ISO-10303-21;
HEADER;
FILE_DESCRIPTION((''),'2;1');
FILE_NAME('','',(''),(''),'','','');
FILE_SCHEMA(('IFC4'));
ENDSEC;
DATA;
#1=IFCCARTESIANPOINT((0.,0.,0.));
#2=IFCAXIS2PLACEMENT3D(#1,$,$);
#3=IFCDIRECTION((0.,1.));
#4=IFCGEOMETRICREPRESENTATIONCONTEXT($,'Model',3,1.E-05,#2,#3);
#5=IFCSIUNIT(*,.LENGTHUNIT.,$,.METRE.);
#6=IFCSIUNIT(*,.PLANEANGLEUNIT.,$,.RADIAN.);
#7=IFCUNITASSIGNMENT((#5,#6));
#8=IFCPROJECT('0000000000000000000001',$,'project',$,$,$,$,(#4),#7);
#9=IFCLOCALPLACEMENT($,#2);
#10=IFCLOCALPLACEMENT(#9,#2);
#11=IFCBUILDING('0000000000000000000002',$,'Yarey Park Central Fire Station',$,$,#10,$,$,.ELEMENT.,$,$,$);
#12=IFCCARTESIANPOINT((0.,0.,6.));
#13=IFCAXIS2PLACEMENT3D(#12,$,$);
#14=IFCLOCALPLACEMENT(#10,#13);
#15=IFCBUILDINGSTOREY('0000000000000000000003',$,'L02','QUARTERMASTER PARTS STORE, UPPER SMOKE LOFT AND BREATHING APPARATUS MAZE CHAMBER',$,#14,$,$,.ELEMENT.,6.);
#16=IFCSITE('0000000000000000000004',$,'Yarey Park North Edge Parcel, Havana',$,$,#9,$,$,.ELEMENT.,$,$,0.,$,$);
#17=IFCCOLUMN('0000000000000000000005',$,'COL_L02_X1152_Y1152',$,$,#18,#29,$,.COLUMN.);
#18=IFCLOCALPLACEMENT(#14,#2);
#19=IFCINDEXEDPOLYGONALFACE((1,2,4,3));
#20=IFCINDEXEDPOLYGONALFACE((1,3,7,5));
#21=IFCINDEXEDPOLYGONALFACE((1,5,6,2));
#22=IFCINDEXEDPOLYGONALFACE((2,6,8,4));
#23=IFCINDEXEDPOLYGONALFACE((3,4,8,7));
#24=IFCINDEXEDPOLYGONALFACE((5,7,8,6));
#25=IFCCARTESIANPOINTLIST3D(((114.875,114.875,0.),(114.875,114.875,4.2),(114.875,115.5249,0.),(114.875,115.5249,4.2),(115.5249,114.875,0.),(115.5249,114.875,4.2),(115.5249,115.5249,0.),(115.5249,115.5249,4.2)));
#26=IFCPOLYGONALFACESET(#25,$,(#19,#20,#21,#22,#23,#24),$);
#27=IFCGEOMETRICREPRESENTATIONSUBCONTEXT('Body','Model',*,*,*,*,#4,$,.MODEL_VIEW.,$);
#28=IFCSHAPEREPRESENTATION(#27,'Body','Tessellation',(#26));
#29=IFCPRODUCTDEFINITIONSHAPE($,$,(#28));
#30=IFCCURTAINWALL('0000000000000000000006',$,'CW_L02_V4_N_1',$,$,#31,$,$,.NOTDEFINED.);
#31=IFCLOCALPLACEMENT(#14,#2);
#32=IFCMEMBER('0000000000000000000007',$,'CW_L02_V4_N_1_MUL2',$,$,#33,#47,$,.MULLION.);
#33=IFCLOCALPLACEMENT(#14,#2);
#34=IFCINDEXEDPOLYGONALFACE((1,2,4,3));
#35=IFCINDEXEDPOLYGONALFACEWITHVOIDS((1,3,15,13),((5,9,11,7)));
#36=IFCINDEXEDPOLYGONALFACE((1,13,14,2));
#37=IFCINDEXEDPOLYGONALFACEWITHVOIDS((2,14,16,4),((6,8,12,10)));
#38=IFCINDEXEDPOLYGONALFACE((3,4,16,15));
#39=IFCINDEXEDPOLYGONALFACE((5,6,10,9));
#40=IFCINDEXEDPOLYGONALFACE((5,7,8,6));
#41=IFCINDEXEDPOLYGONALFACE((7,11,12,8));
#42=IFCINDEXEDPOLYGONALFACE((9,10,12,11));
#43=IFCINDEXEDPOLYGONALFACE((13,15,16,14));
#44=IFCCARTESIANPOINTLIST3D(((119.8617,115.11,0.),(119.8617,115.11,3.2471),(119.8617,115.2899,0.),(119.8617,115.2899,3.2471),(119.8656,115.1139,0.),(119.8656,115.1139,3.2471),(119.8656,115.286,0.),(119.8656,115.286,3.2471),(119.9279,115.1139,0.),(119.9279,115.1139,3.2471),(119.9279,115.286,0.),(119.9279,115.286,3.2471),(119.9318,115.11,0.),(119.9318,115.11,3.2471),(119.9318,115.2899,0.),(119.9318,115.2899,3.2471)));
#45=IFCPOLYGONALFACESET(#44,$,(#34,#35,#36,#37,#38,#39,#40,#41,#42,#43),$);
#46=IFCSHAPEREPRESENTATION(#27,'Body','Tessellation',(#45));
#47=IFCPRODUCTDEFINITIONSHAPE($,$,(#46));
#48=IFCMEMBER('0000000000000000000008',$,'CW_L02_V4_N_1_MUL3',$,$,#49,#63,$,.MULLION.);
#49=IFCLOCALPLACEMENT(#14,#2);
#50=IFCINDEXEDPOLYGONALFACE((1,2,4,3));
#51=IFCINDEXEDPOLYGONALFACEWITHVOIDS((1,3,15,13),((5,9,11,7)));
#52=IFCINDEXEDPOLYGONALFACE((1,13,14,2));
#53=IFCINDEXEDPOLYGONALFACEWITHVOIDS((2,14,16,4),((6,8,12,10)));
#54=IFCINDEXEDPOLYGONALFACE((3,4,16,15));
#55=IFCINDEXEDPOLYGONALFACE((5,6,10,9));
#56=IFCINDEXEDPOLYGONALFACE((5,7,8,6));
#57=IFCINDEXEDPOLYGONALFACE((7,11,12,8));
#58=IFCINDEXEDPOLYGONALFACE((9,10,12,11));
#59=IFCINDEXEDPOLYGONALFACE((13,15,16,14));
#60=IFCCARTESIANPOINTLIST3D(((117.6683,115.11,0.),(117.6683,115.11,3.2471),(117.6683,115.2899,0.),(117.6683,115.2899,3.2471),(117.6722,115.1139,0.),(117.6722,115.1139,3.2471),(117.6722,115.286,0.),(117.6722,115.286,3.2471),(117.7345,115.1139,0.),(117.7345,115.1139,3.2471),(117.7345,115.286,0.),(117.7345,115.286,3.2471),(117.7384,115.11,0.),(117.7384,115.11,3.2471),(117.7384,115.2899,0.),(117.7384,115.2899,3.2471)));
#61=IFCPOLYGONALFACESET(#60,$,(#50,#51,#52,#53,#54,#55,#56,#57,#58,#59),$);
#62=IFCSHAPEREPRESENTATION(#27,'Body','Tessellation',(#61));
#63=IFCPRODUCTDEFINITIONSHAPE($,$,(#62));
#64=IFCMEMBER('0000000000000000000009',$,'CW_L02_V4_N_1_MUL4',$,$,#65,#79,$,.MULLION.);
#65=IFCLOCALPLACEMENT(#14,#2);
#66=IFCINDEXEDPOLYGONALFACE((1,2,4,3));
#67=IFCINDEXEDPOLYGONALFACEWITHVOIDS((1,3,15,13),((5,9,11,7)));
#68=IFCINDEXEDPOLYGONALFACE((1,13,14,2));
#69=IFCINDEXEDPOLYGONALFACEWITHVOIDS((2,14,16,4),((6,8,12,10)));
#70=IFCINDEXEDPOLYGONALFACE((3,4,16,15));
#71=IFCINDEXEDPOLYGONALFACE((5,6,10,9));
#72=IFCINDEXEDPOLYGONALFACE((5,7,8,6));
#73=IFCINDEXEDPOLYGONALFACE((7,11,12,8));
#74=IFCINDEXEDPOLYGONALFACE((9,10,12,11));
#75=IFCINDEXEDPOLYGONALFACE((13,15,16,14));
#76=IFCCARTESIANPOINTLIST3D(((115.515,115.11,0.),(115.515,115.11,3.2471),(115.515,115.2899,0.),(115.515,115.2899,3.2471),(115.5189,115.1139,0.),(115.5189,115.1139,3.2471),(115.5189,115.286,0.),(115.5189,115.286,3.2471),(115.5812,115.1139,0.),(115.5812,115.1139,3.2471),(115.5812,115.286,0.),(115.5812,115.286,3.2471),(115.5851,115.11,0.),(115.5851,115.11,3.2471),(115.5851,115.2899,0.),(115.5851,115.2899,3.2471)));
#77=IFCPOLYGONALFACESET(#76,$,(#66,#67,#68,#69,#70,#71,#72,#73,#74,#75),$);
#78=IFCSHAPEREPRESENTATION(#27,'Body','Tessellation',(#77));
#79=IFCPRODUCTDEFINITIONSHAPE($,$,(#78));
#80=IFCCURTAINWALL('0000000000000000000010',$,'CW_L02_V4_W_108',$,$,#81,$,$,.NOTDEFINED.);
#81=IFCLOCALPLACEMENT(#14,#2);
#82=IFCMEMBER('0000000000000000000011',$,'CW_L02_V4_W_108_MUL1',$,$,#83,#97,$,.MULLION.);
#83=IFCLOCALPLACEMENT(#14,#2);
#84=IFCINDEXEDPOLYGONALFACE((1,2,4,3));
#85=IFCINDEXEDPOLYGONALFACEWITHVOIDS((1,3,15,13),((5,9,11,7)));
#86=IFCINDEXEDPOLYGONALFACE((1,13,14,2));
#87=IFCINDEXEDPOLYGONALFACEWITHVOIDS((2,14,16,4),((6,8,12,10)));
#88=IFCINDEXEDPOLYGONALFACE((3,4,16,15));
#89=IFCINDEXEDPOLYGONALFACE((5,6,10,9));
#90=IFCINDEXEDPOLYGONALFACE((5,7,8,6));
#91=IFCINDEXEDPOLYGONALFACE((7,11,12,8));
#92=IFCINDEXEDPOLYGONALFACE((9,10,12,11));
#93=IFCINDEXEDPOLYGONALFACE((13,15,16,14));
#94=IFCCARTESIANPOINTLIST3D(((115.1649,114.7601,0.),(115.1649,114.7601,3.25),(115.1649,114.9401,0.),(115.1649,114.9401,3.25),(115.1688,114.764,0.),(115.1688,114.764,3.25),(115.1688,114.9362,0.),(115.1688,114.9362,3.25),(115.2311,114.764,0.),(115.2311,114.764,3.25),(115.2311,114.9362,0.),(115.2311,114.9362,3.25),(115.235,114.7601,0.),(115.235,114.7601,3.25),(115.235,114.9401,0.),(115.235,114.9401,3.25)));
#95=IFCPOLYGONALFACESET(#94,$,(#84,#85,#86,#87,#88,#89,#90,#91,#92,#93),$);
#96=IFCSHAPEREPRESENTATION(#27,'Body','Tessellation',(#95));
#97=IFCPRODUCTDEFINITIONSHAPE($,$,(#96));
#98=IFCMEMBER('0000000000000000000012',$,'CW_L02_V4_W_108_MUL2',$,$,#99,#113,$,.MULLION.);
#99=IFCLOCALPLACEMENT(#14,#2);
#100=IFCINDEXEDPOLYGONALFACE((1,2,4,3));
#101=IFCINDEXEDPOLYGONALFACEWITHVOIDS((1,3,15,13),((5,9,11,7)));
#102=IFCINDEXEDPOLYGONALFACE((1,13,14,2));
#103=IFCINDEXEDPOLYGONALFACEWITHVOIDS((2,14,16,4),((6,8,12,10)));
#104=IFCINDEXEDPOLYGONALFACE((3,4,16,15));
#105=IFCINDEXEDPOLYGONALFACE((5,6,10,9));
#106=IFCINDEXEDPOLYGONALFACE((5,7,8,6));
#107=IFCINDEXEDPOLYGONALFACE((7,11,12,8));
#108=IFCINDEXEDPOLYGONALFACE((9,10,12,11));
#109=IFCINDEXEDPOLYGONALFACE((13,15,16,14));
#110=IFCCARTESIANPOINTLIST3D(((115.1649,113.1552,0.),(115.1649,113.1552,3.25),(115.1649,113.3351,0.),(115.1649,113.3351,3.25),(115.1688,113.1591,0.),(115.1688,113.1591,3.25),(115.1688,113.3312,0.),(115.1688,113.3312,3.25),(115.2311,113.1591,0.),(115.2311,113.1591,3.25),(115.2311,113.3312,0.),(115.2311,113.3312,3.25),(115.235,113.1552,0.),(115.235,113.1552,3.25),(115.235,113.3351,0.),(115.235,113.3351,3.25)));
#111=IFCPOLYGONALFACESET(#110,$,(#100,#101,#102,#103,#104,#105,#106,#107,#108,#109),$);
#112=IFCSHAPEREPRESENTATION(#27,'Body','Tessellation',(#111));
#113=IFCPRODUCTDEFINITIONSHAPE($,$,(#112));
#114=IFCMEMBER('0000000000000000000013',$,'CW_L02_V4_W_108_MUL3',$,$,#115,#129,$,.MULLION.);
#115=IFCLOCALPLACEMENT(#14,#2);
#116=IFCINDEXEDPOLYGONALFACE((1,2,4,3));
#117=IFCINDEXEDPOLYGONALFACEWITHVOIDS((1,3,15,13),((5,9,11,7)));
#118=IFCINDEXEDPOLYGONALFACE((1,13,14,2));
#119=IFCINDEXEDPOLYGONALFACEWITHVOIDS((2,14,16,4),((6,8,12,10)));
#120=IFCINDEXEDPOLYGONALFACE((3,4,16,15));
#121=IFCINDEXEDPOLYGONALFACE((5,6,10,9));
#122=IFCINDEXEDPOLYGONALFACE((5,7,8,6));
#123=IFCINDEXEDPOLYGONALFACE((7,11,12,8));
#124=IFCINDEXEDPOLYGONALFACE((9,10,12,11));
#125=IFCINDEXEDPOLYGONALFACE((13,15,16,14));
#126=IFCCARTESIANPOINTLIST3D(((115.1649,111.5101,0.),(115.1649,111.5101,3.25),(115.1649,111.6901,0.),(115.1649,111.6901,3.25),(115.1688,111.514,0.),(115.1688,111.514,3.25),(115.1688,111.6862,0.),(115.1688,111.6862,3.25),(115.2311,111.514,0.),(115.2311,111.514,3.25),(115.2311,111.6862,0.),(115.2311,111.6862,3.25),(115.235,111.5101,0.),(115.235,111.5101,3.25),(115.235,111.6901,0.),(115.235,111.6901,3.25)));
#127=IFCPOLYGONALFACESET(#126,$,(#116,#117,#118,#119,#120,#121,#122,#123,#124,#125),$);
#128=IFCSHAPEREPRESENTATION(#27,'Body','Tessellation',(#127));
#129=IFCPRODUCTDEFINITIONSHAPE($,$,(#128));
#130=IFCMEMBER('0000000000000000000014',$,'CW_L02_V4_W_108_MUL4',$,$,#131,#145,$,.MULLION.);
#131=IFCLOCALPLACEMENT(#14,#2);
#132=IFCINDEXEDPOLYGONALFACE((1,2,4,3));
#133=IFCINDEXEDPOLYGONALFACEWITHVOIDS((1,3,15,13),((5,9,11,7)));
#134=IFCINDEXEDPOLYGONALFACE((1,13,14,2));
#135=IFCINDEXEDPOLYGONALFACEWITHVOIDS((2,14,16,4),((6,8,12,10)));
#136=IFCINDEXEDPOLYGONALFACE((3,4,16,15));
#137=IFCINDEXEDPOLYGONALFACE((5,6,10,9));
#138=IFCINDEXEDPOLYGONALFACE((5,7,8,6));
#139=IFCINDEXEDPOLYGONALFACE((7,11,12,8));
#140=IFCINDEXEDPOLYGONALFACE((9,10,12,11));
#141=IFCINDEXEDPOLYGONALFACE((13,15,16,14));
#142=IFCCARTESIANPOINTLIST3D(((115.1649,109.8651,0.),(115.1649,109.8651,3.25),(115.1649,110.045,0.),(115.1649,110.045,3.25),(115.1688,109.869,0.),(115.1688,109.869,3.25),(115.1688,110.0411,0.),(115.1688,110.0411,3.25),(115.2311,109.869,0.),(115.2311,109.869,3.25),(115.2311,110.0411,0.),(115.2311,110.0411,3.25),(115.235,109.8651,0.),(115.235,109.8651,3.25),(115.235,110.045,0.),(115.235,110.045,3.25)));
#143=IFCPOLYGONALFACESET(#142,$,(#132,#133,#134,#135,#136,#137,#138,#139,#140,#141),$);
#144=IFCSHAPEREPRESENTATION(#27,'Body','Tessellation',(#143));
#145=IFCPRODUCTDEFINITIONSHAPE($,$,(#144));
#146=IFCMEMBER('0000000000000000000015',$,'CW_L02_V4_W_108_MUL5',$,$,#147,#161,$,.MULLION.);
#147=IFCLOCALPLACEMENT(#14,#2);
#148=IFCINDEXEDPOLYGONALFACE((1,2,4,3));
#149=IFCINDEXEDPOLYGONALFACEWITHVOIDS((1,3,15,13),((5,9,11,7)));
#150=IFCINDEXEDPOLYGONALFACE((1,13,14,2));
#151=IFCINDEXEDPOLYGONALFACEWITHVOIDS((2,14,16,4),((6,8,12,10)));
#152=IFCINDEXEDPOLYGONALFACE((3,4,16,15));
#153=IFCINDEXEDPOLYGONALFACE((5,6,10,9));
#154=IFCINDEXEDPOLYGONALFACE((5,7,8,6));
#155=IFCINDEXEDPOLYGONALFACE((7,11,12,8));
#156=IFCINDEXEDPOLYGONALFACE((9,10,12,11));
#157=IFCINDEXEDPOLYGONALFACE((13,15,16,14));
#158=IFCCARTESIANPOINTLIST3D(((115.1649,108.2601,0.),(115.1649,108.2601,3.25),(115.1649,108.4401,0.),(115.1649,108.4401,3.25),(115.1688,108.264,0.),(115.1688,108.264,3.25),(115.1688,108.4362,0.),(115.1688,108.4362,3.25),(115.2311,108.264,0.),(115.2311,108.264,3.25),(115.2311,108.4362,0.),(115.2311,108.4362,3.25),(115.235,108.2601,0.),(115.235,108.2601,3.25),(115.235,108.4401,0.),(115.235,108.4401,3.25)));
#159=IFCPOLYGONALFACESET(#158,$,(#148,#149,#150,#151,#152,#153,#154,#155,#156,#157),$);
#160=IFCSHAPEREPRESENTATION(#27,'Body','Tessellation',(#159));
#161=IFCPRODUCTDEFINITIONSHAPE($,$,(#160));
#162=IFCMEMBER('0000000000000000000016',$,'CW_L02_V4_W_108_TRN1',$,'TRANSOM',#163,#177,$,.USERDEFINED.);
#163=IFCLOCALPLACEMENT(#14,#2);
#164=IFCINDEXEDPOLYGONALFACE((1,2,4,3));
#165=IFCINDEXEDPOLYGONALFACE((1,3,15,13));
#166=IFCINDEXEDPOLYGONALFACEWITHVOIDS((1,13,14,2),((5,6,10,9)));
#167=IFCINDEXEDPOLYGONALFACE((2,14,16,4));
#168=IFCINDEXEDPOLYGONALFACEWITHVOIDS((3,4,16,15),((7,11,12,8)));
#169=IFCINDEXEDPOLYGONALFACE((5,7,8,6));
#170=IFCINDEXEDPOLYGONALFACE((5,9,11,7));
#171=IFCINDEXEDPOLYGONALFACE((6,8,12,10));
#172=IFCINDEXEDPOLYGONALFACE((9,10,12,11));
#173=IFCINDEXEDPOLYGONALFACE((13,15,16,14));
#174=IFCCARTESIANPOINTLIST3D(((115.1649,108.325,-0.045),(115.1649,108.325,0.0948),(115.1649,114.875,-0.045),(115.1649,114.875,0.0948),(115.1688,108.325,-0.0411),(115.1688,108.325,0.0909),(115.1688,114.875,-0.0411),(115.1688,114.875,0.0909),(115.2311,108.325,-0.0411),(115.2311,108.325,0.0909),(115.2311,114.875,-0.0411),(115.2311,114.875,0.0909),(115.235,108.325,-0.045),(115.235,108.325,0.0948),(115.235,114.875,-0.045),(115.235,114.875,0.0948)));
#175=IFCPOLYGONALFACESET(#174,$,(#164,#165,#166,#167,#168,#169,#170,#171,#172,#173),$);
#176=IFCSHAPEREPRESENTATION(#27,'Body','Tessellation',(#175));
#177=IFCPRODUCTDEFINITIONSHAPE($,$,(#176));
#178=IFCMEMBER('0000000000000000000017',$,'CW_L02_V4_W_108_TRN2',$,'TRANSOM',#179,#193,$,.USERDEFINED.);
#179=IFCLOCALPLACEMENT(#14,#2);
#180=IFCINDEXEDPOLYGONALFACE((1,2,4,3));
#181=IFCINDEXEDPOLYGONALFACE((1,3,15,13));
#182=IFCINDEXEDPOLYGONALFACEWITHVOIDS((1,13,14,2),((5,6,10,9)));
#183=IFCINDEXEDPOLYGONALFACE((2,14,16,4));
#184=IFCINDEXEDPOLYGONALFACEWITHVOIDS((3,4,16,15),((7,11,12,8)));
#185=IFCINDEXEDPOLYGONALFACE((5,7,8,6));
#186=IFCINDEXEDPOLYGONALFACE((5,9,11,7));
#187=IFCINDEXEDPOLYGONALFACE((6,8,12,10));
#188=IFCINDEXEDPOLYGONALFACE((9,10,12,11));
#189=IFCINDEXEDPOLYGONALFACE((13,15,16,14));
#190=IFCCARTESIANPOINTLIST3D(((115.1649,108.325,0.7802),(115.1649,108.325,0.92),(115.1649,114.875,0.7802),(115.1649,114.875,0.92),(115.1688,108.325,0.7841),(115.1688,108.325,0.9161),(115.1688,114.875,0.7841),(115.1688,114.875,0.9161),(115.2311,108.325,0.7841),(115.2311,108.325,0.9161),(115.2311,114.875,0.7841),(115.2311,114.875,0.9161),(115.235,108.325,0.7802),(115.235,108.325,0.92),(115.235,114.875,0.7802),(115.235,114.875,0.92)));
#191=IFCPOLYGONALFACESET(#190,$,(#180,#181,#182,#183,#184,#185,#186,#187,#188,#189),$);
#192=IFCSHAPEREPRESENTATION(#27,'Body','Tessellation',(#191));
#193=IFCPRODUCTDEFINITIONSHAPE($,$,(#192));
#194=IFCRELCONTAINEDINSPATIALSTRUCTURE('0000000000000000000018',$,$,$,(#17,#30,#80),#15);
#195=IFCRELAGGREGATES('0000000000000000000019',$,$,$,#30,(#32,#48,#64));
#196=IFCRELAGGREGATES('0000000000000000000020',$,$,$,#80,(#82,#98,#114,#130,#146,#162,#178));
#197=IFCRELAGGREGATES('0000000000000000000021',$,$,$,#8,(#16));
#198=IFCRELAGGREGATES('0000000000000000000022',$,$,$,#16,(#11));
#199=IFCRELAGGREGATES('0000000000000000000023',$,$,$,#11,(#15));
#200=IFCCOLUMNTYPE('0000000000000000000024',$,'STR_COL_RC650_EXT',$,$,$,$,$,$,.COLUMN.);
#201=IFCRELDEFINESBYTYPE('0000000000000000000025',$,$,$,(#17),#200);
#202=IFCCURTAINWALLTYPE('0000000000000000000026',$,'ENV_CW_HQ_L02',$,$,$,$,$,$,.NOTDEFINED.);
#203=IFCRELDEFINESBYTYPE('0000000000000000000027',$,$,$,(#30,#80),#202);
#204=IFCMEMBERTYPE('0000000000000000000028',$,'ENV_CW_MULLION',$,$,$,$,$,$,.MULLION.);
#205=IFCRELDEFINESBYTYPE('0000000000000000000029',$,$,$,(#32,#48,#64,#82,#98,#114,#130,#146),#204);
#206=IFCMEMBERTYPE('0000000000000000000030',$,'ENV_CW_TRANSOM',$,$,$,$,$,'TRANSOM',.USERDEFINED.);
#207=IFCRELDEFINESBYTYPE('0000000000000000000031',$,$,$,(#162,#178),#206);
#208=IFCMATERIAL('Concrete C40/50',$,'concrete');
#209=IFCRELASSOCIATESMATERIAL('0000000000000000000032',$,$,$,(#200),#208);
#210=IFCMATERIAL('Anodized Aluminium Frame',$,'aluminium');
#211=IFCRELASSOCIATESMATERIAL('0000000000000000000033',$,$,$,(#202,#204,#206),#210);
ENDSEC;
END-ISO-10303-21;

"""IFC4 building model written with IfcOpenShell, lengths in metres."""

from ifc_helpers import new_model, si_unit, direction, frame, origin, origin_2d, place, context, subcontext, project, spatial, rectangle, hollow_rectangle, extrude, material, material_profile, profile_set, type_object, element, aggregate, save


model = new_model("IFC4")

# Units and contexts
model_context = context("Model", 3, precision=1e-05, world=origin(), true_north=direction((0.0, 1.0)))
body_context = subcontext(model_context, "Body", "Model", "MODEL_VIEW")
ifc_project = project(units=[si_unit("LENGTHUNIT", "METRE"), si_unit("PLANEANGLEUNIT", "RADIAN")], contexts=[model_context])

# Site, building, storey
site_placement = place(None, origin())
site = spatial("IfcSite", under=ifc_project, at=site_placement, Name="Yarey Park North Edge Parcel, Havana", CompositionType="ELEMENT", RefElevation=0.0)
building_placement = place(site_placement, origin())
building = spatial("IfcBuilding", under=site, at=building_placement, Name="Yarey Park Central Fire Station", CompositionType="ELEMENT")
storey_placement = place(building_placement, frame((0.0, 0.0, 6.0)))
storey = spatial("IfcBuildingStorey", under=building, at=storey_placement, Name="L02", Description="QUARTERMASTER PARTS STORE, UPPER SMOKE LOFT AND BREATHING APPARATUS MAZE CHAMBER", CompositionType="ELEMENT", Elevation=6.0)

# Column
ifc_material_1 = material(Name="Concrete C40/50", Category="concrete")
ifc_material_profile_1 = material_profile(ifc_material_1, rectangle(XDim=0.6499, YDim=0.6499, at=origin_2d()), Name="RC 650x650")
ifc_profile_set_1 = profile_set([ifc_material_profile_1], Name="Concrete C40/50")
column_type = type_object("IfcColumnType", Name="STR_COL_RC650_EXT", PredefinedType="COLUMN", material=ifc_profile_set_1)
column_placement = place(storey_placement, frame((115.2, 115.2, 0.0), z_axis=(0.0, 0.0, 1.0), x_axis=(1.0, 0.0, 0.0)))
element("IfcColumn", 1, at=column_placement, inside=storey, type_object=column_type, Name="COL_L02_X1152_Y1152", PredefinedType="COLUMN", context=body_context, shape_type="SweptSolid", body=[
    extrude(rectangle(XDim=0.6499, YDim=0.6499, at=origin_2d()), origin(), (0.0, 0.0, 1.0), 4.2),
])

# Curtain walls, members
ifc_material_2 = material(Name="Anodized Aluminium Frame", Category="aluminium")
curtain_wall_type = type_object("IfcCurtainWallType", Name="ENV_CW_HQ_L02", PredefinedType="NOTDEFINED", material=ifc_material_2)
curtain_wall_1_placement = place(storey_placement, origin())
curtain_wall_1 = element("IfcCurtainWall", 2, at=curtain_wall_1_placement, inside=storey, type_object=curtain_wall_type, Name="CW_L02_V4_N_1", PredefinedType="NOTDEFINED")
ifc_material_profile_2 = material_profile(ifc_material_2, hollow_rectangle(XDim=0.0701, YDim=0.1799, WallThickness=0.0039, at=origin_2d()), Name="ALU 180x70x4")
ifc_profile_set_2 = profile_set([ifc_material_profile_2], Name="Anodized Aluminium Frame")
member_type_1 = type_object("IfcMemberType", Name="ENV_CW_MULLION", PredefinedType="MULLION", material=ifc_profile_set_2)
member_1_placement = place(storey_placement, frame((119.8967, 115.2, 0.0), z_axis=(0.0, 0.0, 1.0), x_axis=(1.0, 0.0, 0.0)))
member_1 = element("IfcMember", 3, at=member_1_placement, type_object=member_type_1, Name="CW_L02_V4_N_1_MUL2", PredefinedType="MULLION", context=body_context, shape_type="SweptSolid", body=[
    extrude(hollow_rectangle(XDim=0.0701, YDim=0.1799, WallThickness=0.0039, at=origin_2d()), origin(), (0.0, 0.0, 1.0), 3.2471),
])
member_2_placement = place(storey_placement, frame((117.7034, 115.2, 0.0), z_axis=(0.0, 0.0, 1.0), x_axis=(1.0, 0.0, 0.0)))
member_2 = element("IfcMember", 4, at=member_2_placement, type_object=member_type_1, Name="CW_L02_V4_N_1_MUL3", PredefinedType="MULLION", context=body_context, shape_type="SweptSolid", body=[
    extrude(hollow_rectangle(XDim=0.0701, YDim=0.1799, WallThickness=0.0039, at=origin_2d()), origin(), (0.0, 0.0, 1.0), 3.2471),
])
member_3_placement = place(storey_placement, frame((115.55, 115.2, 0.0), z_axis=(0.0, 0.0, 1.0), x_axis=(1.0, 0.0, 0.0)))
member_3 = element("IfcMember", 5, at=member_3_placement, type_object=member_type_1, Name="CW_L02_V4_N_1_MUL4", PredefinedType="MULLION", context=body_context, shape_type="SweptSolid", body=[
    extrude(hollow_rectangle(XDim=0.0701, YDim=0.1799, WallThickness=0.0039, at=origin_2d()), origin(), (0.0, 0.0, 1.0), 3.2471),
])
curtain_wall_2_placement = place(storey_placement, origin())
curtain_wall_2 = element("IfcCurtainWall", 6, at=curtain_wall_2_placement, inside=storey, type_object=curtain_wall_type, Name="CW_L02_V4_W_108", PredefinedType="NOTDEFINED")
member_4_placement = place(storey_placement, frame((115.2, 114.8501, 0.0), z_axis=(0.0, 0.0, 1.0), x_axis=(1.0, 0.0, 0.0)))
member_4 = element("IfcMember", 7, at=member_4_placement, type_object=member_type_1, Name="CW_L02_V4_W_108_MUL1", PredefinedType="MULLION", context=body_context, shape_type="SweptSolid", body=[
    extrude(hollow_rectangle(XDim=0.0701, YDim=0.1799, WallThickness=0.0039, at=origin_2d()), origin(), (0.0, 0.0, 1.0), 3.25),
])
member_5_placement = place(storey_placement, frame((115.2, 113.2451, 0.0), z_axis=(0.0, 0.0, 1.0), x_axis=(1.0, 0.0, 0.0)))
member_5 = element("IfcMember", 8, at=member_5_placement, type_object=member_type_1, Name="CW_L02_V4_W_108_MUL2", PredefinedType="MULLION", context=body_context, shape_type="SweptSolid", body=[
    extrude(hollow_rectangle(XDim=0.0701, YDim=0.1799, WallThickness=0.0039, at=origin_2d()), origin(), (0.0, 0.0, 1.0), 3.25),
])
member_6_placement = place(storey_placement, frame((115.2, 111.6001, 0.0), z_axis=(0.0, 0.0, 1.0), x_axis=(1.0, 0.0, 0.0)))
member_6 = element("IfcMember", 9, at=member_6_placement, type_object=member_type_1, Name="CW_L02_V4_W_108_MUL3", PredefinedType="MULLION", context=body_context, shape_type="SweptSolid", body=[
    extrude(hollow_rectangle(XDim=0.0701, YDim=0.1799, WallThickness=0.0039, at=origin_2d()), origin(), (0.0, 0.0, 1.0), 3.25),
])
member_7_placement = place(storey_placement, frame((115.2, 109.9551, 0.0), z_axis=(0.0, 0.0, 1.0), x_axis=(1.0, 0.0, 0.0)))
member_7 = element("IfcMember", 10, at=member_7_placement, type_object=member_type_1, Name="CW_L02_V4_W_108_MUL4", PredefinedType="MULLION", context=body_context, shape_type="SweptSolid", body=[
    extrude(hollow_rectangle(XDim=0.0701, YDim=0.1799, WallThickness=0.0039, at=origin_2d()), origin(), (0.0, 0.0, 1.0), 3.25),
])
member_8_placement = place(storey_placement, frame((115.2, 108.3501, 0.0), z_axis=(0.0, 0.0, 1.0), x_axis=(1.0, 0.0, 0.0)))
member_8 = element("IfcMember", 11, at=member_8_placement, type_object=member_type_1, Name="CW_L02_V4_W_108_MUL5", PredefinedType="MULLION", context=body_context, shape_type="SweptSolid", body=[
    extrude(hollow_rectangle(XDim=0.0701, YDim=0.1799, WallThickness=0.0039, at=origin_2d()), origin(), (0.0, 0.0, 1.0), 3.25),
])
ifc_material_profile_3 = material_profile(ifc_material_2, hollow_rectangle(XDim=0.0701, YDim=0.1399, WallThickness=0.0039, at=origin_2d()), Name="ALU 140x70x4")
ifc_profile_set_3 = profile_set([ifc_material_profile_3], Name="Anodized Aluminium Frame")
member_type_2 = type_object("IfcMemberType", Name="ENV_CW_TRANSOM", ElementType="TRANSOM", PredefinedType="USERDEFINED", material=ifc_profile_set_3)
member_9_placement = place(storey_placement, frame((115.2, 114.875, 0.0249), z_axis=(0.0, -1.0, 0.0), x_axis=(1.0, 0.0, 0.0)))
member_9 = element("IfcMember", 12, at=member_9_placement, type_object=member_type_2, Name="CW_L02_V4_W_108_TRN1", ObjectType="TRANSOM", PredefinedType="USERDEFINED", context=body_context, shape_type="SweptSolid", body=[
    extrude(hollow_rectangle(XDim=0.0701, YDim=0.1399, WallThickness=0.0039, at=origin_2d()), origin(), (0.0, 0.0, 1.0), 6.55),
])
member_10_placement = place(storey_placement, frame((115.2, 114.875, 0.8501), z_axis=(0.0, -1.0, 0.0), x_axis=(1.0, 0.0, 0.0)))
member_10 = element("IfcMember", 13, at=member_10_placement, type_object=member_type_2, Name="CW_L02_V4_W_108_TRN2", ObjectType="TRANSOM", PredefinedType="USERDEFINED", context=body_context, shape_type="SweptSolid", body=[
    extrude(hollow_rectangle(XDim=0.0701, YDim=0.1399, WallThickness=0.0039, at=origin_2d()), origin(), (0.0, 0.0, 1.0), 6.55),
])

aggregate(curtain_wall_1, [member_1, member_2, member_3])
aggregate(curtain_wall_2, [member_4, member_5, member_6, member_7, member_8, member_9, member_10])

save(model, "model.ifc")
